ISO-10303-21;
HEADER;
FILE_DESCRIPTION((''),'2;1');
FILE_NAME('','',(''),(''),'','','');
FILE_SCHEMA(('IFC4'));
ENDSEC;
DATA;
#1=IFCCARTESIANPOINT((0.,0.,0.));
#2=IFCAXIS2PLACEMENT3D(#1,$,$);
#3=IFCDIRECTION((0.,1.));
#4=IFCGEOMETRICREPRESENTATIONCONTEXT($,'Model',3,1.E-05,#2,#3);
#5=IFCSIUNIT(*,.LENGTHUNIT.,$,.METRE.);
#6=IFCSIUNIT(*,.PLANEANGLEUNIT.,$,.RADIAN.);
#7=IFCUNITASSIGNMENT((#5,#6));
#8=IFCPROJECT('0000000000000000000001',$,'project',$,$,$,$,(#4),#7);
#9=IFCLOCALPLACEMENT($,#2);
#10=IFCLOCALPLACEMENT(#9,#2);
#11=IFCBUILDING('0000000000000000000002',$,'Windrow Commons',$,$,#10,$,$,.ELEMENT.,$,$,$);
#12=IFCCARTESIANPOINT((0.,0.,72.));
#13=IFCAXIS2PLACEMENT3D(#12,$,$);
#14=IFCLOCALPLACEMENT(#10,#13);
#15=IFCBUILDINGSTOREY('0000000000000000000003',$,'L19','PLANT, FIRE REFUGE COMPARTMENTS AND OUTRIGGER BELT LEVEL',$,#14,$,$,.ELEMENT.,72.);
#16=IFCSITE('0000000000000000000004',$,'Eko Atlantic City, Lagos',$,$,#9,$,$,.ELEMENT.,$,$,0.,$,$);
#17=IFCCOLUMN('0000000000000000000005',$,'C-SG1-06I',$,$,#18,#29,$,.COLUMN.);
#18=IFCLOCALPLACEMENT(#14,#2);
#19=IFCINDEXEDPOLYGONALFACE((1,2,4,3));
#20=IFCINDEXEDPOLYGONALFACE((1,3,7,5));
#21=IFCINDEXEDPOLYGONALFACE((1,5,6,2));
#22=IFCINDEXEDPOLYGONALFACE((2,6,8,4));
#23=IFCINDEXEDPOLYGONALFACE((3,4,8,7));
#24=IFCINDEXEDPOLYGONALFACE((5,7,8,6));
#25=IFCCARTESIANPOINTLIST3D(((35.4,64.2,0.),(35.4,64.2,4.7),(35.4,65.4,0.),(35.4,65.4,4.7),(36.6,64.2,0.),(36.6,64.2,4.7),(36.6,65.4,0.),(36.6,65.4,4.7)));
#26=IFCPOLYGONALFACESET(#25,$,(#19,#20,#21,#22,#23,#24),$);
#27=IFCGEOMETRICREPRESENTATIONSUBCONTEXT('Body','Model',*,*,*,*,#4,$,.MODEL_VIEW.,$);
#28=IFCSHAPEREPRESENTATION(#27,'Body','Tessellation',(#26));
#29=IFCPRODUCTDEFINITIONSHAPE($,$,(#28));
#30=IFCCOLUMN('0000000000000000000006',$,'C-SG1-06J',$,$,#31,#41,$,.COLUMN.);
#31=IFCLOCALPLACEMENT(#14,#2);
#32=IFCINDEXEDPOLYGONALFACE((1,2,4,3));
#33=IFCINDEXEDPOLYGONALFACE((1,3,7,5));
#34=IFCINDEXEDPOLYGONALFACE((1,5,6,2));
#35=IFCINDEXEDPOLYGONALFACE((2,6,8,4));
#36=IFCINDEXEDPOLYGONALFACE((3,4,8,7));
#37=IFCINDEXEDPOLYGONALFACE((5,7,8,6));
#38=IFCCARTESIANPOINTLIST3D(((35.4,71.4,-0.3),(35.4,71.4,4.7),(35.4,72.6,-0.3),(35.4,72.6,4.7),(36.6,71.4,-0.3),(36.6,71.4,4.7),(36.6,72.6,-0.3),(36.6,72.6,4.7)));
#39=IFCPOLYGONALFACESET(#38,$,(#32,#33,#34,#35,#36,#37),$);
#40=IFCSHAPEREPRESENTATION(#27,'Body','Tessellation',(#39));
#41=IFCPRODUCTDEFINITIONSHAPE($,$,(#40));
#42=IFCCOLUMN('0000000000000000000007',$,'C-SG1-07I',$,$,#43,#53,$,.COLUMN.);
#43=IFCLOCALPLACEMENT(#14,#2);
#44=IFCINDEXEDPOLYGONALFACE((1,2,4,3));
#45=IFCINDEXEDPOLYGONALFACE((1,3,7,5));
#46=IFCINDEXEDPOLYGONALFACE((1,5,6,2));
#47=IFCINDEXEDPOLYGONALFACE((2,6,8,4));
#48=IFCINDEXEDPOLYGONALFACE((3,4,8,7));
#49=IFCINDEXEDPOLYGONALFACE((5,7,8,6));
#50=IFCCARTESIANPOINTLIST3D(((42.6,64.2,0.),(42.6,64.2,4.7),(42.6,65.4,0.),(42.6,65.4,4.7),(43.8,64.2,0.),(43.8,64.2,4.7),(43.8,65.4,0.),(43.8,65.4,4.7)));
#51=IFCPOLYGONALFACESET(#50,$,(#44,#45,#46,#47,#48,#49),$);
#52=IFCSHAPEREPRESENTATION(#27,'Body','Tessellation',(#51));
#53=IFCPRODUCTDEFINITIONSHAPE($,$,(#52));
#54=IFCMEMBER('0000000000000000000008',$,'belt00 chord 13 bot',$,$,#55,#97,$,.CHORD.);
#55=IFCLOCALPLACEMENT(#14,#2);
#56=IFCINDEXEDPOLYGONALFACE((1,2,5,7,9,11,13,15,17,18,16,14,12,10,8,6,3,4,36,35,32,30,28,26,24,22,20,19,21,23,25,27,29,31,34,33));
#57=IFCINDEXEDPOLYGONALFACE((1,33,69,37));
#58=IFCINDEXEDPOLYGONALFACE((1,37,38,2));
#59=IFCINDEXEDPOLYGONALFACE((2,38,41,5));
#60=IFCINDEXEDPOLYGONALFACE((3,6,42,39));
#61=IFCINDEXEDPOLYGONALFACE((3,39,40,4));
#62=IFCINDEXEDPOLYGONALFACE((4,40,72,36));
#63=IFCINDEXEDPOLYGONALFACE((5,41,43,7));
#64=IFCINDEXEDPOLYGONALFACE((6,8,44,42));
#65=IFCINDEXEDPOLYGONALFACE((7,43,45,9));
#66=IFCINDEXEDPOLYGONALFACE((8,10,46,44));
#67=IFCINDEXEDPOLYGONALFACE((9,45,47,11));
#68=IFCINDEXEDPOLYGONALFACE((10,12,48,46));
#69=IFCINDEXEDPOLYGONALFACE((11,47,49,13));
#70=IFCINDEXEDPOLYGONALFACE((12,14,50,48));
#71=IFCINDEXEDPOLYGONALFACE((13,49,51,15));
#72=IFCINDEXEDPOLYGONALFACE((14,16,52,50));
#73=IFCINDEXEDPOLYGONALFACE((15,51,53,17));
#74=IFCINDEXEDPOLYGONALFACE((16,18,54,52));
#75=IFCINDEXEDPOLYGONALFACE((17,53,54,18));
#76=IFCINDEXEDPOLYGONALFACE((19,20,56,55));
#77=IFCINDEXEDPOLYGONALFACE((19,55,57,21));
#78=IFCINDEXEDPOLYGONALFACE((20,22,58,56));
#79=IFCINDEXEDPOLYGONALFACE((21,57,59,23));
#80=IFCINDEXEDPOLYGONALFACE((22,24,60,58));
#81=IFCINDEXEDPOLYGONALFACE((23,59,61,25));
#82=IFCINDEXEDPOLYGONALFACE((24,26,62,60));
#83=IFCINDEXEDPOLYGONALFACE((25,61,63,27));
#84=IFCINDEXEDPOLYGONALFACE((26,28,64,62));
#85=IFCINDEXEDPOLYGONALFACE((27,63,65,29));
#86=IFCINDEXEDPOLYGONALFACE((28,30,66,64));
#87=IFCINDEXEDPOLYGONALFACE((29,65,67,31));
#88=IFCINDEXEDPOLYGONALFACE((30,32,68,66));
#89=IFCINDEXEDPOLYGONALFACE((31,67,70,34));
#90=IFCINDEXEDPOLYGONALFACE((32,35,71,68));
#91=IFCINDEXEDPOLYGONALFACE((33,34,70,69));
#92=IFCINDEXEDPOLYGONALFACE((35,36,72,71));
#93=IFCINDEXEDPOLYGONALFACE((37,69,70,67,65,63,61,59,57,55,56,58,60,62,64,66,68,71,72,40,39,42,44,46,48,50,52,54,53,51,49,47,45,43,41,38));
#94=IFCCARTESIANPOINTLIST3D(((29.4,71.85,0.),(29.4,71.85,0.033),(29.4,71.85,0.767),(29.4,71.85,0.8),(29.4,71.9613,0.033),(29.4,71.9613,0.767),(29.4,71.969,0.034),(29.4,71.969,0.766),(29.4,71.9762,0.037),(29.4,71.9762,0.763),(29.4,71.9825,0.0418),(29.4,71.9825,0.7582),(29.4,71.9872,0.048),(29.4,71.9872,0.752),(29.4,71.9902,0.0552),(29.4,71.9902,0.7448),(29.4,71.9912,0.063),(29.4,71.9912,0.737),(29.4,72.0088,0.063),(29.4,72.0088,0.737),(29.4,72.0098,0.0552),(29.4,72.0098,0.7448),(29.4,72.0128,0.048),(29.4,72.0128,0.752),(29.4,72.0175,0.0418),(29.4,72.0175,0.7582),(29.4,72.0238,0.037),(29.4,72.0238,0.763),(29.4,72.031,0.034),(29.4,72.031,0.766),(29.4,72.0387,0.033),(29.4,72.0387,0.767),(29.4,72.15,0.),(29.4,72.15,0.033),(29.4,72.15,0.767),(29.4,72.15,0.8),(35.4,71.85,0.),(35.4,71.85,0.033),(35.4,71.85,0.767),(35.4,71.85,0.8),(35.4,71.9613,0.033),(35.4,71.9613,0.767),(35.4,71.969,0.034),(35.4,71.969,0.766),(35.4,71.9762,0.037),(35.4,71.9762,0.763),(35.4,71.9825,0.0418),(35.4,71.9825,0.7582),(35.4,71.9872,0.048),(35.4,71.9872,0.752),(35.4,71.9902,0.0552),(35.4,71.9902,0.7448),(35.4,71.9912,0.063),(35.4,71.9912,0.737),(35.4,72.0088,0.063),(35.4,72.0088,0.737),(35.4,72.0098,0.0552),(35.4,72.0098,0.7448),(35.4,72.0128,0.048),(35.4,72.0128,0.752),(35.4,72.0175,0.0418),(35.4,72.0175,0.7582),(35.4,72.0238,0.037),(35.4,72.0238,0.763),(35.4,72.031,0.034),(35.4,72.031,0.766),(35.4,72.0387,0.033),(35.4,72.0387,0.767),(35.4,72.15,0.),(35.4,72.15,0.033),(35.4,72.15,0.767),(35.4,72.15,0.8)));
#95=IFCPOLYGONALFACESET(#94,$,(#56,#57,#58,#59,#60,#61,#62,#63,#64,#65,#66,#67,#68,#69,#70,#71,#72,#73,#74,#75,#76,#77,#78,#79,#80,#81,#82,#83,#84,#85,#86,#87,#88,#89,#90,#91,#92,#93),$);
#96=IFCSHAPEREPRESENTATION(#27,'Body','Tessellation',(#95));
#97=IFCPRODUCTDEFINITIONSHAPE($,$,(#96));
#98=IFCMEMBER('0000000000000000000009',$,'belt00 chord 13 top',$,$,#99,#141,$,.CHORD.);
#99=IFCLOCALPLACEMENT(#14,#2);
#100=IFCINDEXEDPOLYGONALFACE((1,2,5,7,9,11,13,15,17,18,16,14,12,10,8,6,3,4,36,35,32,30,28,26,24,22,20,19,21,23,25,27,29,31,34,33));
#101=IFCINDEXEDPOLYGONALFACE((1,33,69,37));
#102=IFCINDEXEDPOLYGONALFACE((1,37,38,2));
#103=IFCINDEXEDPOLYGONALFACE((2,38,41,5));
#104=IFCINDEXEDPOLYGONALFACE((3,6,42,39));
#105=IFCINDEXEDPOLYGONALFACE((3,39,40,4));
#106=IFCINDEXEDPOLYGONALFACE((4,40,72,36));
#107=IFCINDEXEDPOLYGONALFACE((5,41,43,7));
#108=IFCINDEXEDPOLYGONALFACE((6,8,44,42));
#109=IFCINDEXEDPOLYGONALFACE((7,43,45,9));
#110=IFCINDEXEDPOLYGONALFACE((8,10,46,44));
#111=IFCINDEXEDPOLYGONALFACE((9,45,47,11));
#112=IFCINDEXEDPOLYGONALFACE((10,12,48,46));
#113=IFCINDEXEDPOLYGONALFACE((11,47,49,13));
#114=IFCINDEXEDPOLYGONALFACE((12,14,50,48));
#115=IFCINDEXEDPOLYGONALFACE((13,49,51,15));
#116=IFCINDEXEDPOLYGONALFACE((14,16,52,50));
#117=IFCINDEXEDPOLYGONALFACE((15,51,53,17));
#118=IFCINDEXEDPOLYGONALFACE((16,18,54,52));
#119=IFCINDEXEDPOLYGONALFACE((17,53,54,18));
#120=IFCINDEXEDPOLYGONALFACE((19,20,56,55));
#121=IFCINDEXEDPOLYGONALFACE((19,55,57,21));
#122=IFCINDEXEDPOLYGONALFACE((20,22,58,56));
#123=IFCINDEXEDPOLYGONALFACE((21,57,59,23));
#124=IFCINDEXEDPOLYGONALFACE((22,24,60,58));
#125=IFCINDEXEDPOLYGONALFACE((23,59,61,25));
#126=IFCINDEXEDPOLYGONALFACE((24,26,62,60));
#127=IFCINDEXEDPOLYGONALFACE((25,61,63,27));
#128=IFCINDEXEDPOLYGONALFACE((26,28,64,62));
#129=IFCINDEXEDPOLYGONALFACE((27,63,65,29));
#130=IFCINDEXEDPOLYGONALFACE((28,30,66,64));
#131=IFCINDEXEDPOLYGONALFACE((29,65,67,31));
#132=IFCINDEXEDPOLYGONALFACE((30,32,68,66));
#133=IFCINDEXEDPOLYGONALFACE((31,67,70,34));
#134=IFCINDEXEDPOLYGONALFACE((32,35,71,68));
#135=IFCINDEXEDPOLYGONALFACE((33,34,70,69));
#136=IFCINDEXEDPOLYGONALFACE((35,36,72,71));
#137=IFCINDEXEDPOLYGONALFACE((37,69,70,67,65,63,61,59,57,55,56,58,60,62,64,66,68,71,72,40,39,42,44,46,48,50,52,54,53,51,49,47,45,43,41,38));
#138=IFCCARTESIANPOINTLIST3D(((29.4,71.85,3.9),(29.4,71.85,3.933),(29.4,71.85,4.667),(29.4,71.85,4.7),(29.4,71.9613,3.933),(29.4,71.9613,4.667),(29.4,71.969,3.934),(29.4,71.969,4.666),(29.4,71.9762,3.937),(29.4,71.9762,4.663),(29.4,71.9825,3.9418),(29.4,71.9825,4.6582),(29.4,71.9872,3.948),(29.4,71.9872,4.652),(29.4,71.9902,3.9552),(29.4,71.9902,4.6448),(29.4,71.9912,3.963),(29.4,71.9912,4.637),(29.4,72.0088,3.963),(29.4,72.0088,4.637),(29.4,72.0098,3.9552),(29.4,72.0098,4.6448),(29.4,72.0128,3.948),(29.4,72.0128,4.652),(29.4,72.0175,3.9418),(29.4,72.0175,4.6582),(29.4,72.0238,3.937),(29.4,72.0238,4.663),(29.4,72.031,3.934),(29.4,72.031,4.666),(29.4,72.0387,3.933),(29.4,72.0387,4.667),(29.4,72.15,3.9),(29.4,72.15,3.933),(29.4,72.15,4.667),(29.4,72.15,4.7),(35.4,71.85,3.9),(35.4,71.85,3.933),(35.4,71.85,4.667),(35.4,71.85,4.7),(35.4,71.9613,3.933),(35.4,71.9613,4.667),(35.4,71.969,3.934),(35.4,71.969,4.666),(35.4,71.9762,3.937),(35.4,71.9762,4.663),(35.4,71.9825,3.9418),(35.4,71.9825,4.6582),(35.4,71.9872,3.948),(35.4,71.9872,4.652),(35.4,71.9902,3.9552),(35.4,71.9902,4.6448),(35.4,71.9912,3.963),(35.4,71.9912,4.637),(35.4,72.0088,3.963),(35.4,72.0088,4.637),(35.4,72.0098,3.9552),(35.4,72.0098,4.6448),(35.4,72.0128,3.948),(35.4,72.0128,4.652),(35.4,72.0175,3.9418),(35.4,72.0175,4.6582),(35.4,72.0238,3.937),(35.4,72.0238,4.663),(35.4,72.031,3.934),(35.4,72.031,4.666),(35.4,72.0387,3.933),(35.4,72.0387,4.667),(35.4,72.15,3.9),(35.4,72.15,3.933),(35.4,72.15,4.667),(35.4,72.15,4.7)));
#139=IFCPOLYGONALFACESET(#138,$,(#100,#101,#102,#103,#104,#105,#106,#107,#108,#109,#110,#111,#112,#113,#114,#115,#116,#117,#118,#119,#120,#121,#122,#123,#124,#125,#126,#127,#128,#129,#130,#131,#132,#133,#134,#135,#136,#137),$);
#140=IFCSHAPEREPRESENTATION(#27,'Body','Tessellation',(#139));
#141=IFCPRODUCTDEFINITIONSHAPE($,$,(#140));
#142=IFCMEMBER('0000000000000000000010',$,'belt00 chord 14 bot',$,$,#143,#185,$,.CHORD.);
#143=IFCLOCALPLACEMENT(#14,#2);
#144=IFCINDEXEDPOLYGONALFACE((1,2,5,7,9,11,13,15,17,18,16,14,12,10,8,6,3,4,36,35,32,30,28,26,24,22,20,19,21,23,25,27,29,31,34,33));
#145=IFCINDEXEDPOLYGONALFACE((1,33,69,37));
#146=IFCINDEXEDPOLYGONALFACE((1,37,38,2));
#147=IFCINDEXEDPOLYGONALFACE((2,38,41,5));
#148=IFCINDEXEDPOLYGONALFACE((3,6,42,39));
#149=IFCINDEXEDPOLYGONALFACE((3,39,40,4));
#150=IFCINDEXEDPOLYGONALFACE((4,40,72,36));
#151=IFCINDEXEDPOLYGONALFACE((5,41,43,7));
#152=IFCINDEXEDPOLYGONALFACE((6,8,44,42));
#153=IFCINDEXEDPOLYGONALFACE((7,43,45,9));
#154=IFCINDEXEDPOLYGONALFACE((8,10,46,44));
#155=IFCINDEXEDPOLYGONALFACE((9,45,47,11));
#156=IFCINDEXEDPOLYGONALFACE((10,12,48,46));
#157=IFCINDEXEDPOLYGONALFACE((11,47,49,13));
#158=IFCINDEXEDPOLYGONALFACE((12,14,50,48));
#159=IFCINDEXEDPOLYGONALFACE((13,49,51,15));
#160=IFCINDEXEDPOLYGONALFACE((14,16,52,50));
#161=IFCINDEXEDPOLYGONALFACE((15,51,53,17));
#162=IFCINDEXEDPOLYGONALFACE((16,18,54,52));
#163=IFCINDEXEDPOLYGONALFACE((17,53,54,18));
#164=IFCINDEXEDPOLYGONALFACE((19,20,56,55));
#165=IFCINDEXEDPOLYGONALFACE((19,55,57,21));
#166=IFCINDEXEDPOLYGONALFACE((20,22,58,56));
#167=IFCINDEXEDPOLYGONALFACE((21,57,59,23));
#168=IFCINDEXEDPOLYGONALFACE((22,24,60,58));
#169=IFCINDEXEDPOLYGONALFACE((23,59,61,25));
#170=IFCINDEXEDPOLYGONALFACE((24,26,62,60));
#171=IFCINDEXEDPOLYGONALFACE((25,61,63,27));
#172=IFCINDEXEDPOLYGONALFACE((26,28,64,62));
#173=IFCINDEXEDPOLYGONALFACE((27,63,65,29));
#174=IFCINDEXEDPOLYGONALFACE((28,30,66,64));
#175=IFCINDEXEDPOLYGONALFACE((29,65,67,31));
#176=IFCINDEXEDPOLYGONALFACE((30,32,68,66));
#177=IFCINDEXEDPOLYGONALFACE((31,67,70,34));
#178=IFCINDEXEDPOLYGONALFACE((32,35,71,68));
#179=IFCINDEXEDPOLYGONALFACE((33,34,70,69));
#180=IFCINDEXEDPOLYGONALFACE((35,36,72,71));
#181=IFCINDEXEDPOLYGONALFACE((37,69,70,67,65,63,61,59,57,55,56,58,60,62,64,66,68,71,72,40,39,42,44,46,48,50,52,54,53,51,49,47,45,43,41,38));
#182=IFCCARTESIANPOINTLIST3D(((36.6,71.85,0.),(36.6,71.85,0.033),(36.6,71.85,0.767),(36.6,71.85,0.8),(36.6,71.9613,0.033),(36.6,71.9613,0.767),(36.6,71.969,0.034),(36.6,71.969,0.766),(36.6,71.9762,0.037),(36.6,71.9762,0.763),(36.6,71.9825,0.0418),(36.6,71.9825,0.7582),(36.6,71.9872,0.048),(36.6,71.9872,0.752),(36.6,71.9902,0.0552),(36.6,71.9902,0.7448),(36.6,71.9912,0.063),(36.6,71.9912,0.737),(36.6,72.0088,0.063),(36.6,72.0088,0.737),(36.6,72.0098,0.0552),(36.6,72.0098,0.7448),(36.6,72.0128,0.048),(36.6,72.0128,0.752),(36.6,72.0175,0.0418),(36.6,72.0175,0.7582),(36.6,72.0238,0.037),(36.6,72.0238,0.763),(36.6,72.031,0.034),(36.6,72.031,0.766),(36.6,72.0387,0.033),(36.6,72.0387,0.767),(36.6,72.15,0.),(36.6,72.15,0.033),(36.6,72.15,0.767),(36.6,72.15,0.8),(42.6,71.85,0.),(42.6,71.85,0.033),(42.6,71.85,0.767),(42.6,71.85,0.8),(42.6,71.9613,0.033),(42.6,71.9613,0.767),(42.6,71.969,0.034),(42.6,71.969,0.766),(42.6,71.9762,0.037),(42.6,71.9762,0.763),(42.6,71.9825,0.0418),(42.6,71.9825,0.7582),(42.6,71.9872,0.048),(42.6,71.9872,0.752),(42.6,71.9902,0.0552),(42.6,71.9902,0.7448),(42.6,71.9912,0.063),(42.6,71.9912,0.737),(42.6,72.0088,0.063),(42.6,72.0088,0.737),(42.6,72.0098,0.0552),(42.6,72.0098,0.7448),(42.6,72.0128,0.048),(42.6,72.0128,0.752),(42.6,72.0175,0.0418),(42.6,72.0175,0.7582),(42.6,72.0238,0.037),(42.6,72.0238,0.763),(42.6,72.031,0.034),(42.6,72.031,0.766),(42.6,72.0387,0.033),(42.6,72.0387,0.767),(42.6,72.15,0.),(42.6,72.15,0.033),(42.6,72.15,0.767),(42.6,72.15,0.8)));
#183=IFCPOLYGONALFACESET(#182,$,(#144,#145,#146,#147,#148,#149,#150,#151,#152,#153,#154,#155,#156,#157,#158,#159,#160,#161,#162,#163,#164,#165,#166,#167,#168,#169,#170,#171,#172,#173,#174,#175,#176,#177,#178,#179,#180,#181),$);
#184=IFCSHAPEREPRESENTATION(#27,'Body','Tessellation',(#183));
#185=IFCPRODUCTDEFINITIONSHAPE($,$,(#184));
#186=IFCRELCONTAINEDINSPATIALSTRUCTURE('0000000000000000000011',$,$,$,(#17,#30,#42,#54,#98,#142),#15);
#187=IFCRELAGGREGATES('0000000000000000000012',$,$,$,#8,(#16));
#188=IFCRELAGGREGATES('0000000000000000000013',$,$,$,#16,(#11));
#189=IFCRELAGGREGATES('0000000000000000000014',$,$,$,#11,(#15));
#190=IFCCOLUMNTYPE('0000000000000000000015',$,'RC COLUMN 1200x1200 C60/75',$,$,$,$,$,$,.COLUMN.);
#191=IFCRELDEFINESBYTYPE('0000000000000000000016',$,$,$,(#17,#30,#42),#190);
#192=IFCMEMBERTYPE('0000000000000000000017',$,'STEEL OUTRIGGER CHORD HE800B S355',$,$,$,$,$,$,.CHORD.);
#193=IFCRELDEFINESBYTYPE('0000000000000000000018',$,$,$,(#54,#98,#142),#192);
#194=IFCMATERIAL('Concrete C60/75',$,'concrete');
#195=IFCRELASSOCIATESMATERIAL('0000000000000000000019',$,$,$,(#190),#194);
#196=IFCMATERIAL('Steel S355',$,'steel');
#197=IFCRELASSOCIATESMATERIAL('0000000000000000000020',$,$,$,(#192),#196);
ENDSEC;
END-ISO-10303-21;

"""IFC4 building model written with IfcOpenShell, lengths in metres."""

from ifc_helpers import new_model, si_unit, direction, frame, origin, origin_2d, place, context, subcontext, project, spatial, rectangle, i_section, extrude, material, material_profile, profile_set, type_object, element, save


model = new_model("IFC4")

# Units and contexts
model_context = context("Model", 3, precision=1e-05, world=origin(), true_north=direction((0.0, 1.0)))
body_context = subcontext(model_context, "Body", "Model", "MODEL_VIEW")
ifc_project = project(units=[si_unit("LENGTHUNIT", "METRE"), si_unit("PLANEANGLEUNIT", "RADIAN")], contexts=[model_context])

# Site, building, storey
site_placement = place(None, origin())
site = spatial("IfcSite", under=ifc_project, at=site_placement, Name="Eko Atlantic City, Lagos", CompositionType="ELEMENT", RefElevation=0.0)
building_placement = place(site_placement, origin())
building = spatial("IfcBuilding", under=site, at=building_placement, Name="Windrow Commons", CompositionType="ELEMENT")
storey_placement = place(building_placement, frame((0.0, 0.0, 72.0)))
storey = spatial("IfcBuildingStorey", under=building, at=storey_placement, Name="L19", Description="PLANT, FIRE REFUGE COMPARTMENTS AND OUTRIGGER BELT LEVEL", CompositionType="ELEMENT", Elevation=72.0)

# Columns
ifc_material_1 = material(Name="Concrete C60/75", Category="concrete")
ifc_material_profile_1 = material_profile(ifc_material_1, rectangle(XDim=1.2, YDim=1.2, at=origin_2d()))
ifc_profile_set_1 = profile_set([ifc_material_profile_1], Name="Concrete C60/75")
column_type = type_object("IfcColumnType", Name="RC COLUMN 1200x1200 C60/75", PredefinedType="COLUMN", material=ifc_profile_set_1)
column_1_placement = place(storey_placement, frame((36.0, 64.8, 0.0), z_axis=(0.0, 0.0, 1.0), x_axis=(1.0, 0.0, 0.0)))
element("IfcColumn", 1, at=column_1_placement, inside=storey, type_object=column_type, Name="C-SG1-06I", PredefinedType="COLUMN", context=body_context, shape_type="SweptSolid", body=[
    extrude(rectangle(XDim=1.2, YDim=1.2, at=origin_2d()), origin(), (0.0, 0.0, 1.0), 4.7),
])
column_2_placement = place(storey_placement, frame((36.0, 72.0, -0.3), z_axis=(0.0, 0.0, 1.0), x_axis=(1.0, 0.0, 0.0)))
element("IfcColumn", 2, at=column_2_placement, inside=storey, type_object=column_type, Name="C-SG1-06J", PredefinedType="COLUMN", context=body_context, shape_type="SweptSolid", body=[
    extrude(rectangle(XDim=1.2, YDim=1.2, at=origin_2d()), origin(), (0.0, 0.0, 1.0), 5.0),
])
column_3_placement = place(storey_placement, frame((43.2, 64.8, 0.0), z_axis=(0.0, 0.0, 1.0), x_axis=(1.0, 0.0, 0.0)))
element("IfcColumn", 3, at=column_3_placement, inside=storey, type_object=column_type, Name="C-SG1-07I", PredefinedType="COLUMN", context=body_context, shape_type="SweptSolid", body=[
    extrude(rectangle(XDim=1.2, YDim=1.2, at=origin_2d()), origin(), (0.0, 0.0, 1.0), 4.7),
])

# Members
ifc_material_2 = material(Name="Steel S355", Category="steel")
ifc_material_profile_2 = material_profile(ifc_material_2, i_section(OverallWidth=0.3, OverallDepth=0.8, WebThickness=0.0175, FlangeThickness=0.033, FilletRadius=0.03, at=origin_2d()))
ifc_profile_set_2 = profile_set([ifc_material_profile_2], Name="Steel S355")
member_type_1 = type_object("IfcMemberType", Name="STEEL OUTRIGGER CHORD HE800B S355", PredefinedType="CHORD", material=ifc_profile_set_2)
for number, where, z_axis, x_axis, name in (
    (4, (29.4, 72.0, 0.4), (1.0, 0.0, 0.0), (0.0, 1.0, 0.0), "belt00 chord 13 bot"),
    (5, (29.4, 72.0, 4.3), (1.0, 0.0, 0.0), (0.0, 1.0, 0.0), "belt00 chord 13 top"),
    (6, (36.6, 72.0, 0.4), (1.0, 0.0, 0.0), (0.0, 1.0, 0.0), "belt00 chord 14 bot"),
):
    element("IfcMember", number, at=place(storey_placement, frame(where, z_axis=z_axis, x_axis=x_axis)), inside=storey, type_object=member_type_1, Name=name, PredefinedType="CHORD", context=body_context, shape_type="SweptSolid", body=[
        extrude(i_section(OverallWidth=0.3, OverallDepth=0.8, WebThickness=0.0175, FlangeThickness=0.033, FilletRadius=0.03, at=origin_2d()), origin(), (0.0, 0.0, 1.0), 6.0),
    ])

save(model, "model.ifc")
